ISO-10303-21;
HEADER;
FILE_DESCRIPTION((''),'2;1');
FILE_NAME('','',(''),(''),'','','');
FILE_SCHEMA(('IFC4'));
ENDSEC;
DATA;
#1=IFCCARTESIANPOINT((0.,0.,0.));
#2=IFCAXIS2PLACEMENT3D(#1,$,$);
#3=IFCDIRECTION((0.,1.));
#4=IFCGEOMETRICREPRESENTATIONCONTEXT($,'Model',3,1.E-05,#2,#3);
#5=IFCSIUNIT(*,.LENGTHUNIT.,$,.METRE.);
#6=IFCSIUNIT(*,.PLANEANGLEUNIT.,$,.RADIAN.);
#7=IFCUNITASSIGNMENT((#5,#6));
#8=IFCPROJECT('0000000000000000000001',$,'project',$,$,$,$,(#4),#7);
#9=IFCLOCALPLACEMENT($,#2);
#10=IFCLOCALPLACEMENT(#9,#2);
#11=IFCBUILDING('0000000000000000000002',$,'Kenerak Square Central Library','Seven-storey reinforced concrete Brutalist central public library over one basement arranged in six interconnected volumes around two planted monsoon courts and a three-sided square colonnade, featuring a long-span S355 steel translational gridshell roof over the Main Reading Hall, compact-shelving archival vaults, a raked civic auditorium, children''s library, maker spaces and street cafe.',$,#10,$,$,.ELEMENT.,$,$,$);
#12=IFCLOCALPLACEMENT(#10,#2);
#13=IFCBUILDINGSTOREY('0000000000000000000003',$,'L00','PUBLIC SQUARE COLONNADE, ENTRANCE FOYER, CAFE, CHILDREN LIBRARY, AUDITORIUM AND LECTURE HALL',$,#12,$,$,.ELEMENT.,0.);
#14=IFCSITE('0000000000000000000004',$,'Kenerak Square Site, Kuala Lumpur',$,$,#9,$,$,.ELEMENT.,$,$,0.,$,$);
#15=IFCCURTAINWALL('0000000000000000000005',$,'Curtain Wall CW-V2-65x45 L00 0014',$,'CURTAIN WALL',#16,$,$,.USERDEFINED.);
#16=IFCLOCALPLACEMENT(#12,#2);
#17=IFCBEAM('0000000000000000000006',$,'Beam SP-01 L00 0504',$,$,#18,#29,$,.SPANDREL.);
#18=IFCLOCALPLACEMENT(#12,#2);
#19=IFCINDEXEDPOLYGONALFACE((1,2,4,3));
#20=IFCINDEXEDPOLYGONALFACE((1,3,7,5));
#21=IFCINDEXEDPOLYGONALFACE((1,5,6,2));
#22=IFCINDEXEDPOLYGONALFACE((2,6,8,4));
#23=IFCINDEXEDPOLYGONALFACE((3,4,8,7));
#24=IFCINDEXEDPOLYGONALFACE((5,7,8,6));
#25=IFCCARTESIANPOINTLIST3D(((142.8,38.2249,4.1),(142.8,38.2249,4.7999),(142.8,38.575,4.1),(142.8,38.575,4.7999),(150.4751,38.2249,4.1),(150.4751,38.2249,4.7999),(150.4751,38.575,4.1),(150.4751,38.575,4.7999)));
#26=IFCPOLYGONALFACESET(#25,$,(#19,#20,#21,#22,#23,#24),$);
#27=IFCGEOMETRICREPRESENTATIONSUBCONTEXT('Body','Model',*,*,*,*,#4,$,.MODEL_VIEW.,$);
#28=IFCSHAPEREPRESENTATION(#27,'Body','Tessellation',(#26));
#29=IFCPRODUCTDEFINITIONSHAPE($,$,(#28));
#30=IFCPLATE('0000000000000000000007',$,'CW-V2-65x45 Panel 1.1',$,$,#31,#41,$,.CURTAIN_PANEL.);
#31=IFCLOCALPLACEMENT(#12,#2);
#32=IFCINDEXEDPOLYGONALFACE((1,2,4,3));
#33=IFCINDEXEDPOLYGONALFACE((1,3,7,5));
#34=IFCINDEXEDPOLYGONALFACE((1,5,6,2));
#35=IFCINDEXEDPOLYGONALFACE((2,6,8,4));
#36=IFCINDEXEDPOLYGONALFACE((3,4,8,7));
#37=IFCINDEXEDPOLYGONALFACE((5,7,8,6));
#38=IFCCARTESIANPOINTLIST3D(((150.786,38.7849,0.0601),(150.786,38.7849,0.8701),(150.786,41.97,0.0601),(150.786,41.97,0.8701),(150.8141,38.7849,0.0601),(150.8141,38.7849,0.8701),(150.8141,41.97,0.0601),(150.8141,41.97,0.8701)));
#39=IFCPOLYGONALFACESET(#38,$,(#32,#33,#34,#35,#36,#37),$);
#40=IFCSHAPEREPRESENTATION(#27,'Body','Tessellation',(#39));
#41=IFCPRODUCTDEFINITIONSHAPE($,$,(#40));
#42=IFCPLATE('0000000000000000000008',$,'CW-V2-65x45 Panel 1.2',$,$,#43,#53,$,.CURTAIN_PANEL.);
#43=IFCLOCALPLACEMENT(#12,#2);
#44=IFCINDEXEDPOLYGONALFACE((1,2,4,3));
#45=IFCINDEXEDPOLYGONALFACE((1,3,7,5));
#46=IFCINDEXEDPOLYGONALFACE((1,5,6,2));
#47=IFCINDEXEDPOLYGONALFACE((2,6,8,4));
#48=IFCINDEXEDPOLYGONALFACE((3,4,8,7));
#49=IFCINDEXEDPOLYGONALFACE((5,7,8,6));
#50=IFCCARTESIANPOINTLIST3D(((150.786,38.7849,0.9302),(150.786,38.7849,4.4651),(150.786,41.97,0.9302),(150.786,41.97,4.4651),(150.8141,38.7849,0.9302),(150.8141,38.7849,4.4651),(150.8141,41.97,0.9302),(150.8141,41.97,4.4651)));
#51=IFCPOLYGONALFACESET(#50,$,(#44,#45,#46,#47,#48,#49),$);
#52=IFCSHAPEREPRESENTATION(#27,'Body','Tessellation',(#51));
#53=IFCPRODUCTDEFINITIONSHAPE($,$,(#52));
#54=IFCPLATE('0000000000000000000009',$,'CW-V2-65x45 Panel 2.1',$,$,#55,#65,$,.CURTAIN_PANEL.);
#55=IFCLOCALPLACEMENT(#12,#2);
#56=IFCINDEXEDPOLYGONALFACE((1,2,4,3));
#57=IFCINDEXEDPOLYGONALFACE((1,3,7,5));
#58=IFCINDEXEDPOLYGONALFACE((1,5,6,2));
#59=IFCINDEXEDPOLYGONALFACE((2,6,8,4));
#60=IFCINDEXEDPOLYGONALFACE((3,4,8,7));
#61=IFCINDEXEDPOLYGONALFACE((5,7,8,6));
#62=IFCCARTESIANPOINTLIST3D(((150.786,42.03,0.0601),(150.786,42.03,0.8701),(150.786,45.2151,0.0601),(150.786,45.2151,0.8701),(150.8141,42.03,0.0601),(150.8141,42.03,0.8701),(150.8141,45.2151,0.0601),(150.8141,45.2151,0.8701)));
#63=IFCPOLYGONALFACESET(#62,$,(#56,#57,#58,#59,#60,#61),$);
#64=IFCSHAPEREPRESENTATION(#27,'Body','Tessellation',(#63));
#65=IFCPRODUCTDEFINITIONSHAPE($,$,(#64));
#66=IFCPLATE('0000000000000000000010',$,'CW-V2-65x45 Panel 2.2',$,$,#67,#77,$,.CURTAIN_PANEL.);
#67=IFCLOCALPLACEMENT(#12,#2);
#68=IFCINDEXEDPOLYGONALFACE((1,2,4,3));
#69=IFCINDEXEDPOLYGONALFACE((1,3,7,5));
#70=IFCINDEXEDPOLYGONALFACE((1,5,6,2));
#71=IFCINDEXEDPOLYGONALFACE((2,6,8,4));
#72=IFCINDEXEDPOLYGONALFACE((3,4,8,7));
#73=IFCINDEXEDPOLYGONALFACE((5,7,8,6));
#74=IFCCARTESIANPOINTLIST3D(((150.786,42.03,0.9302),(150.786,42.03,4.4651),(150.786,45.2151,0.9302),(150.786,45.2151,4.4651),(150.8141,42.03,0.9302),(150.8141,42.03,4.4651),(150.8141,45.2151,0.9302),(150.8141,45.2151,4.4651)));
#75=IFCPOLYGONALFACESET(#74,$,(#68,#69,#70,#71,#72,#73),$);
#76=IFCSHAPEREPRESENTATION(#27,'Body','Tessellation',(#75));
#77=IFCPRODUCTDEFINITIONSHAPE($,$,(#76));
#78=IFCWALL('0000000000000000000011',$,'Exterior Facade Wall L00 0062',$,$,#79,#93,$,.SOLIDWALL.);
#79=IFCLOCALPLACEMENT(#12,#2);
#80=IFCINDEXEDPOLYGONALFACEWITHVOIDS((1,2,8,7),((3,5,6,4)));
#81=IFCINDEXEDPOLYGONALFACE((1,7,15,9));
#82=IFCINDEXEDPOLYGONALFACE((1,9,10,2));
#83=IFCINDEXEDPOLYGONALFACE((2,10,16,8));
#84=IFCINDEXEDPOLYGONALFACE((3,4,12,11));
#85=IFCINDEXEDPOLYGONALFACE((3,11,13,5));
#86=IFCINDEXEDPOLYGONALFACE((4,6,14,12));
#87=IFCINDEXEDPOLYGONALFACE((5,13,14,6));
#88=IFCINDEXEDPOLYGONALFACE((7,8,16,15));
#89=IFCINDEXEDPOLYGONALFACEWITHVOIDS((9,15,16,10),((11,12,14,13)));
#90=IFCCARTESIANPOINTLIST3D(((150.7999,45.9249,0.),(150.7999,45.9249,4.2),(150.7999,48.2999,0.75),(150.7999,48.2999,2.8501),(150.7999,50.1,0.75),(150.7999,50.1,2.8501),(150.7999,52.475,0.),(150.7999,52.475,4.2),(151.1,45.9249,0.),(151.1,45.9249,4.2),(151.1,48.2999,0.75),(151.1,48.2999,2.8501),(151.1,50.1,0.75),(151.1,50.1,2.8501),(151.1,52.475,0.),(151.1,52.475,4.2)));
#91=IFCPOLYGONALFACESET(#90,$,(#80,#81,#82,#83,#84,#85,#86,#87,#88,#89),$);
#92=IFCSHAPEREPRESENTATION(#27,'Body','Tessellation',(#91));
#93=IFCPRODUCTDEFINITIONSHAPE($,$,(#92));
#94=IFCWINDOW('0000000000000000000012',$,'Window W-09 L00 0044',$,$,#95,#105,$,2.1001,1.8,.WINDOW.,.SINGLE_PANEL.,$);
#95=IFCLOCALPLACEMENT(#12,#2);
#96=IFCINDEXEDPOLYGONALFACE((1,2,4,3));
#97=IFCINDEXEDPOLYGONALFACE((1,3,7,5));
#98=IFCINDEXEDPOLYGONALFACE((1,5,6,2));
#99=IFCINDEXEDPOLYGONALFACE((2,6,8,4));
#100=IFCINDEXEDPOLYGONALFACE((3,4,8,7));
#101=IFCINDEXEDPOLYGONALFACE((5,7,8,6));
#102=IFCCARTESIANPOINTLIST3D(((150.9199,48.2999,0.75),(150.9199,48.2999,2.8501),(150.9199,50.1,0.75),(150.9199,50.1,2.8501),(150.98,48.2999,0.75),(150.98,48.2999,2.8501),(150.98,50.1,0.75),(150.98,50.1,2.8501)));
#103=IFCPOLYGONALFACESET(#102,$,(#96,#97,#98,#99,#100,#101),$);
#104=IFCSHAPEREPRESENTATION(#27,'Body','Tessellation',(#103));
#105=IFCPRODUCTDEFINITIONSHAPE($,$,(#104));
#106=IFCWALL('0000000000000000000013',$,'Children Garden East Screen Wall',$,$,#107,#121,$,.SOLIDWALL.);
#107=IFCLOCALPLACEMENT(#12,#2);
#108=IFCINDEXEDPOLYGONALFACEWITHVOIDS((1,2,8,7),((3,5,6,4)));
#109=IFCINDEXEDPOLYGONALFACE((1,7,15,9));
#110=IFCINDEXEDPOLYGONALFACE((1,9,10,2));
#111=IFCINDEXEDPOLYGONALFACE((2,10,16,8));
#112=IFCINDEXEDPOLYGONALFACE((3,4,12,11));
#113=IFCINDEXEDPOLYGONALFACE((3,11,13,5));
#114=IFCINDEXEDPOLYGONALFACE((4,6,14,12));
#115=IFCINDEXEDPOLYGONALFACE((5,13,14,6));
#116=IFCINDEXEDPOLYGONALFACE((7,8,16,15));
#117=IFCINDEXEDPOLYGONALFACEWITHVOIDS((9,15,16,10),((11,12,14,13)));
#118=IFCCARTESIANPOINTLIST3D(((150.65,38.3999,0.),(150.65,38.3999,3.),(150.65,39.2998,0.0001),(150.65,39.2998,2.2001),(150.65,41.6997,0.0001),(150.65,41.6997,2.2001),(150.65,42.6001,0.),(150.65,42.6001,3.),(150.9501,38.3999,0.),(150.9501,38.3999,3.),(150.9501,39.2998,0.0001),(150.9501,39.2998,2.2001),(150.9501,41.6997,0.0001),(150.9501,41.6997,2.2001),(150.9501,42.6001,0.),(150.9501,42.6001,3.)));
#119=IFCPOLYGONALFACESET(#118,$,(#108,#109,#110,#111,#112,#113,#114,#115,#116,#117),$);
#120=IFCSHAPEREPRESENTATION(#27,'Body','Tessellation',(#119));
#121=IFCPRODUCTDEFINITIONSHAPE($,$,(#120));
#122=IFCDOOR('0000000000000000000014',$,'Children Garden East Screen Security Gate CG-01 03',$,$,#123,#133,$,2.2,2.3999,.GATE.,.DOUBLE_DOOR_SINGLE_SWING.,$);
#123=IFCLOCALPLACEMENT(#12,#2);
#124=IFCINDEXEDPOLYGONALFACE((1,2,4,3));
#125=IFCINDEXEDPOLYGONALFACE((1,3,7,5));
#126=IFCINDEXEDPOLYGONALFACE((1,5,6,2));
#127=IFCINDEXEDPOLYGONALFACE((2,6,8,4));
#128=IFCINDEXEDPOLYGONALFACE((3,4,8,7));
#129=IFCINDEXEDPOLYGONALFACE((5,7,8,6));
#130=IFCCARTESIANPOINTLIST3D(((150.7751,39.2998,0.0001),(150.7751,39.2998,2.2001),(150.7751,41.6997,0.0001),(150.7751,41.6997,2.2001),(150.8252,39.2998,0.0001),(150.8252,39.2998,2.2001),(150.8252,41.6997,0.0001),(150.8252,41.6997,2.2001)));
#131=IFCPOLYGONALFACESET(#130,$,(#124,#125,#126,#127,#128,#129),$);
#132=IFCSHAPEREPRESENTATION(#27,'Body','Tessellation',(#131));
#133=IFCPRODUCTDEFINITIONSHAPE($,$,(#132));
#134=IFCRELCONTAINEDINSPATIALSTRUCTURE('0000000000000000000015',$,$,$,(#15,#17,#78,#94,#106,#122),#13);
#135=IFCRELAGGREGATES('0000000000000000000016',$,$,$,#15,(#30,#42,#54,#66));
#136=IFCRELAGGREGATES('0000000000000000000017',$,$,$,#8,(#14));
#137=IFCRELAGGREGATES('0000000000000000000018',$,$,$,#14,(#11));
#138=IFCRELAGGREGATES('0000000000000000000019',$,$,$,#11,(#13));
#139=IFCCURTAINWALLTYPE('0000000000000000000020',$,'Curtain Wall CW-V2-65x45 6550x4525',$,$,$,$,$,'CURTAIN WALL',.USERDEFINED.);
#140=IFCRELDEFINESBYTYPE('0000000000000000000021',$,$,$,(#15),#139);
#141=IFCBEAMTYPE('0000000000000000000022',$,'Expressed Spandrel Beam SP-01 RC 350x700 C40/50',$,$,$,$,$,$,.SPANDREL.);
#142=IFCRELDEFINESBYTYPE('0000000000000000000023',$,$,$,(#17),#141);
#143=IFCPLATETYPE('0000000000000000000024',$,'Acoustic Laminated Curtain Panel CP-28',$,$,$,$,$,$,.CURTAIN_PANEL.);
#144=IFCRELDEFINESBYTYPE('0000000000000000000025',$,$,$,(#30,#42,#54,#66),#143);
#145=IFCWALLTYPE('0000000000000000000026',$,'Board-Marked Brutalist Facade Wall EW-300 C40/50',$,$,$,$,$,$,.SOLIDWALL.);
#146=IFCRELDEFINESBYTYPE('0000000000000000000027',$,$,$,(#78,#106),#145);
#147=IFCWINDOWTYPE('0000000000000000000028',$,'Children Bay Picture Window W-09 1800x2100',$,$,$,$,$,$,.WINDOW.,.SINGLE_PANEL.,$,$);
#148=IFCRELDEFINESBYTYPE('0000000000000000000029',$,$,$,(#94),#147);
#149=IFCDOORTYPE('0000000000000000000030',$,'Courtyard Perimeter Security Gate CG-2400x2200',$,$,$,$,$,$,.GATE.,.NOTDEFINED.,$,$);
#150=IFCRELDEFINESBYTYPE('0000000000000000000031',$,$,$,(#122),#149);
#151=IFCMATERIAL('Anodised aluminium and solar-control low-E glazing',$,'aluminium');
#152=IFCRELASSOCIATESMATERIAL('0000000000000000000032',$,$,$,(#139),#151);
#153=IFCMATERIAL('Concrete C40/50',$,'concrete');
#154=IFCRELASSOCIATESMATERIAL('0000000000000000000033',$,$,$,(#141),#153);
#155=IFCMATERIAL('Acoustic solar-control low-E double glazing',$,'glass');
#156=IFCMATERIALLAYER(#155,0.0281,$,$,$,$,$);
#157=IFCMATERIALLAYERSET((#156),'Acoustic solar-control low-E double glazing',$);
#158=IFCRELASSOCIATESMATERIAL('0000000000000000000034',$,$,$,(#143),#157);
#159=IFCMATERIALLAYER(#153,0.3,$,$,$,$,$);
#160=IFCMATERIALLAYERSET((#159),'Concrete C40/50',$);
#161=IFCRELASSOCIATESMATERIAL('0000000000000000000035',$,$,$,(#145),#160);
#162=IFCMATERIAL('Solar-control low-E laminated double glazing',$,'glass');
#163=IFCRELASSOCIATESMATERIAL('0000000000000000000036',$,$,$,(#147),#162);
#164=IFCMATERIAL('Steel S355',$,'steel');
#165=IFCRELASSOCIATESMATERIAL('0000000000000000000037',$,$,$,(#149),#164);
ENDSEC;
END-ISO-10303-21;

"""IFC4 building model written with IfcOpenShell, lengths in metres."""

from ifc_helpers import new_model, si_unit, direction, frame, frame_2d, origin, origin_2d, place, context, subcontext, project, spatial, rectangle, extrude, material, layer, layer_set, material_profile, profile_set, type_object, element, fill, aggregate, save


model = new_model("IFC4")

# Units and contexts
model_context = context("Model", 3, precision=1e-05, world=origin(), true_north=direction((0.0, 1.0)))
body_context = subcontext(model_context, "Body", "Model", "MODEL_VIEW")
ifc_project = project(units=[si_unit("LENGTHUNIT", "METRE"), si_unit("PLANEANGLEUNIT", "RADIAN")], contexts=[model_context])

# Site, building, storey
site_placement = place(None, origin())
site = spatial("IfcSite", under=ifc_project, at=site_placement, Name="Kenerak Square Site, Kuala Lumpur", CompositionType="ELEMENT", RefElevation=0.0)
building_placement = place(site_placement, origin())
building = spatial("IfcBuilding", under=site, at=building_placement, Name="Kenerak Square Central Library", Description="Seven-storey reinforced concrete Brutalist central public library over one basement arranged in six interconnected volumes around two planted monsoon courts and a three-sided square colonnade, featuring a long-span S355 steel translational gridshell roof over the Main Reading Hall, compact-shelving archival vaults, a raked civic auditorium, children's library, maker spaces and street cafe.", CompositionType="ELEMENT")
storey_placement = place(building_placement, origin())
storey = spatial("IfcBuildingStorey", under=building, at=storey_placement, Name="L00", Description="PUBLIC SQUARE COLONNADE, ENTRANCE FOYER, CAFE, CHILDREN LIBRARY, AUDITORIUM AND LECTURE HALL", CompositionType="ELEMENT", Elevation=0.0)

# Shared definitions
ifc_material_1 = material(Name="Concrete C40/50", Category="concrete")

# Curtain wall
ifc_material_2 = material(Name="Anodised aluminium and solar-control low-E glazing", Category="aluminium")
curtain_wall_type = type_object("IfcCurtainWallType", Name="Curtain Wall CW-V2-65x45 6550x4525", ElementType="CURTAIN WALL", PredefinedType="USERDEFINED", material=ifc_material_2)
curtain_wall_placement = place(storey_placement, origin())
curtain_wall = element("IfcCurtainWall", 1, at=curtain_wall_placement, inside=storey, type_object=curtain_wall_type, Name="Curtain Wall CW-V2-65x45 L00 0014", ObjectType="CURTAIN WALL", PredefinedType="USERDEFINED")

# Beam
ifc_material_profile_1 = material_profile(ifc_material_1, rectangle(XDim=0.3501, YDim=0.7, at=origin_2d()), Name="RC 350x700")
ifc_profile_set_1 = profile_set([ifc_material_profile_1], Name="Concrete C40/50")
beam_type_1 = type_object("IfcBeamType", Name="Expressed Spandrel Beam SP-01 RC 350x700 C40/50", PredefinedType="SPANDREL", material=ifc_profile_set_1)
beam_1_placement = place(storey_placement, frame((142.8, 38.3999, 4.45), z_axis=(1.0, 0.0, 0.0), x_axis=(0.0, 1.0, 0.0)))
element("IfcBeam", 2, at=beam_1_placement, inside=storey, type_object=beam_type_1, Name="Beam SP-01 L00 0504", PredefinedType="SPANDREL", context=body_context, shape_type="SweptSolid", body=[
    extrude(rectangle(XDim=0.3501, YDim=0.7, at=origin_2d()), origin(), (0.0, 0.0, 1.0), 7.675),
])

# Plates
ifc_material_3 = material(Name="Acoustic solar-control low-E double glazing", Category="glass")
ifc_layer_1 = layer(ifc_material_3, 0.0281)
ifc_layer_set_1 = layer_set([ifc_layer_1], Name="Acoustic solar-control low-E double glazing")
plate_type = type_object("IfcPlateType", Name="Acoustic Laminated Curtain Panel CP-28", PredefinedType="CURTAIN_PANEL", material=ifc_layer_set_1)
plate_1_placement = place(storey_placement, frame((150.8, 40.3774, 0.0601), z_axis=(0.0, 0.0, 1.0), x_axis=(0.0, 1.0, 0.0)))
plate_1 = element("IfcPlate", 3, at=plate_1_placement, type_object=plate_type, Name="CW-V2-65x45 Panel 1.1", PredefinedType="CURTAIN_PANEL", context=body_context, shape_type="SweptSolid", body=[
    extrude(rectangle(XDim=3.1851, YDim=0.0281, at=origin_2d()), origin(), (0.0, 0.0, 1.0), 0.8101),
])
plate_2_placement = place(storey_placement, frame((150.8, 40.3774, 0.9302), z_axis=(0.0, 0.0, 1.0), x_axis=(0.0, 1.0, 0.0)))
plate_2 = element("IfcPlate", 4, at=plate_2_placement, type_object=plate_type, Name="CW-V2-65x45 Panel 1.2", PredefinedType="CURTAIN_PANEL", context=body_context, shape_type="SweptSolid", body=[
    extrude(rectangle(XDim=3.1851, YDim=0.0281, at=origin_2d()), origin(), (0.0, 0.0, 1.0), 3.5349),
])
plate_3_placement = place(storey_placement, frame((150.8, 43.6226, 0.0601), z_axis=(0.0, 0.0, 1.0), x_axis=(0.0, 1.0, 0.0)))
plate_3 = element("IfcPlate", 5, at=plate_3_placement, type_object=plate_type, Name="CW-V2-65x45 Panel 2.1", PredefinedType="CURTAIN_PANEL", context=body_context, shape_type="SweptSolid", body=[
    extrude(rectangle(XDim=3.1851, YDim=0.0281, at=origin_2d()), origin(), (0.0, 0.0, 1.0), 0.8101),
])
plate_4_placement = place(storey_placement, frame((150.8, 43.6226, 0.9302), z_axis=(0.0, 0.0, 1.0), x_axis=(0.0, 1.0, 0.0)))
plate_4 = element("IfcPlate", 6, at=plate_4_placement, type_object=plate_type, Name="CW-V2-65x45 Panel 2.2", PredefinedType="CURTAIN_PANEL", context=body_context, shape_type="SweptSolid", body=[
    extrude(rectangle(XDim=3.1851, YDim=0.0281, at=origin_2d()), origin(), (0.0, 0.0, 1.0), 3.5349),
])
aggregate(curtain_wall, [plate_1, plate_2, plate_3, plate_4])

# Wall, opening, window
ifc_layer_2 = layer(ifc_material_1, 0.3)
ifc_layer_set_2 = layer_set([ifc_layer_2], Name="Concrete C40/50")
wall_type = type_object("IfcWallType", Name="Board-Marked Brutalist Facade Wall EW-300 C40/50", PredefinedType="SOLIDWALL", material=ifc_layer_set_2)
wall_1_placement = place(storey_placement, frame((150.95, 45.925, 0.0), z_axis=(0.0, 0.0, 1.0), x_axis=(0.0, 1.0, 0.0)))
wall_1 = element("IfcWall", 7, at=wall_1_placement, inside=storey, type_object=wall_type, Name="Exterior Facade Wall L00 0062", PredefinedType="SOLIDWALL", context=body_context, shape_type="SweptSolid", body=[
    extrude(rectangle(XDim=6.55, YDim=0.3, at=frame_2d((3.2749, 0.0))), origin(), (0.0, 0.0, 1.0), 4.2),
])
opening_1_placement = place(wall_1_placement, frame((2.375, 0.0, 0.75)))
opening_1 = element("IfcOpeningElement", 8, at=opening_1_placement, cuts=wall_1, PredefinedType="OPENING", context=body_context, shape_type="SweptSolid", body=[
    extrude(rectangle(XDim=1.8, YDim=2.1001, at=frame_2d((0.8999, 1.05))), frame((0.0, 0.1599, 0.0), z_axis=(0.0, -1.0, 0.0), x_axis=(1.0, 0.0, 0.0)), (0.0, 0.0, 1.0), 0.3201),
])
ifc_material_4 = material(Name="Solar-control low-E laminated double glazing", Category="glass")
window_type = type_object("IfcWindowType", Name="Children Bay Picture Window W-09 1800x2100", PartitioningType="SINGLE_PANEL", PredefinedType="WINDOW", material=ifc_material_4)
window_placement = place(opening_1_placement, origin())
window = element("IfcWindow", 9, at=window_placement, inside=storey, type_object=window_type, Name="Window W-09 L00 0044", OverallHeight=2.1001, OverallWidth=1.8, PartitioningType="SINGLE_PANEL", PredefinedType="WINDOW", context=body_context, shape_type="SweptSolid", body=[
    extrude(rectangle(XDim=1.8, YDim=2.1001, at=frame_2d((0.8999, 1.05))), frame((0.0, 0.03, 0.0), z_axis=(0.0, -1.0, 0.0), x_axis=(1.0, 0.0, 0.0)), (0.0, 0.0, 1.0), 0.0601),
])
fill(opening_1, window)

# Wall, opening, door
wall_2_placement = place(storey_placement, frame((150.8, 38.3999, 0.0), z_axis=(0.0, 0.0, 1.0), x_axis=(0.0, 1.0, 0.0)))
wall_2 = element("IfcWall", 10, at=wall_2_placement, inside=storey, type_object=wall_type, Name="Children Garden East Screen Wall", PredefinedType="SOLIDWALL", context=body_context, shape_type="SweptSolid", body=[
    extrude(rectangle(XDim=4.2002, YDim=0.3, at=frame_2d((2.1001, 0.0))), origin(), (0.0, 0.0, 1.0), 3.0),
])
opening_2_placement = place(wall_2_placement, frame((0.8999, 0.0, 0.0)))
opening_2 = element("IfcOpeningElement", 11, at=opening_2_placement, cuts=wall_2, PredefinedType="OPENING", context=body_context, shape_type="SweptSolid", body=[
    extrude(rectangle(XDim=2.3999, YDim=2.2, at=frame_2d((1.2, 1.1001))), frame((0.0, 0.1599, 0.0), z_axis=(0.0, -1.0, 0.0), x_axis=(1.0, 0.0, 0.0)), (0.0, 0.0, 1.0), 0.3201),
])
ifc_material_5 = material(Name="Steel S355", Category="steel")
door_type = type_object("IfcDoorType", Name="Courtyard Perimeter Security Gate CG-2400x2200", OperationType="NOTDEFINED", PredefinedType="GATE", material=ifc_material_5)
door_placement = place(opening_2_placement, origin())
door = element("IfcDoor", 12, at=door_placement, inside=storey, type_object=door_type, Name="Children Garden East Screen Security Gate CG-01 03", OperationType="DOUBLE_DOOR_SINGLE_SWING", OverallHeight=2.2, OverallWidth=2.3999, PredefinedType="GATE", context=body_context, shape_type="SweptSolid", body=[
    extrude(rectangle(XDim=2.3999, YDim=2.2, at=frame_2d((1.2, 1.1001))), frame((0.0, 0.0249, 0.0), z_axis=(0.0, -1.0, 0.0), x_axis=(1.0, 0.0, 0.0)), (0.0, 0.0, 1.0), 0.05),
])
fill(opening_2, door)

save(model, "model.ifc")
